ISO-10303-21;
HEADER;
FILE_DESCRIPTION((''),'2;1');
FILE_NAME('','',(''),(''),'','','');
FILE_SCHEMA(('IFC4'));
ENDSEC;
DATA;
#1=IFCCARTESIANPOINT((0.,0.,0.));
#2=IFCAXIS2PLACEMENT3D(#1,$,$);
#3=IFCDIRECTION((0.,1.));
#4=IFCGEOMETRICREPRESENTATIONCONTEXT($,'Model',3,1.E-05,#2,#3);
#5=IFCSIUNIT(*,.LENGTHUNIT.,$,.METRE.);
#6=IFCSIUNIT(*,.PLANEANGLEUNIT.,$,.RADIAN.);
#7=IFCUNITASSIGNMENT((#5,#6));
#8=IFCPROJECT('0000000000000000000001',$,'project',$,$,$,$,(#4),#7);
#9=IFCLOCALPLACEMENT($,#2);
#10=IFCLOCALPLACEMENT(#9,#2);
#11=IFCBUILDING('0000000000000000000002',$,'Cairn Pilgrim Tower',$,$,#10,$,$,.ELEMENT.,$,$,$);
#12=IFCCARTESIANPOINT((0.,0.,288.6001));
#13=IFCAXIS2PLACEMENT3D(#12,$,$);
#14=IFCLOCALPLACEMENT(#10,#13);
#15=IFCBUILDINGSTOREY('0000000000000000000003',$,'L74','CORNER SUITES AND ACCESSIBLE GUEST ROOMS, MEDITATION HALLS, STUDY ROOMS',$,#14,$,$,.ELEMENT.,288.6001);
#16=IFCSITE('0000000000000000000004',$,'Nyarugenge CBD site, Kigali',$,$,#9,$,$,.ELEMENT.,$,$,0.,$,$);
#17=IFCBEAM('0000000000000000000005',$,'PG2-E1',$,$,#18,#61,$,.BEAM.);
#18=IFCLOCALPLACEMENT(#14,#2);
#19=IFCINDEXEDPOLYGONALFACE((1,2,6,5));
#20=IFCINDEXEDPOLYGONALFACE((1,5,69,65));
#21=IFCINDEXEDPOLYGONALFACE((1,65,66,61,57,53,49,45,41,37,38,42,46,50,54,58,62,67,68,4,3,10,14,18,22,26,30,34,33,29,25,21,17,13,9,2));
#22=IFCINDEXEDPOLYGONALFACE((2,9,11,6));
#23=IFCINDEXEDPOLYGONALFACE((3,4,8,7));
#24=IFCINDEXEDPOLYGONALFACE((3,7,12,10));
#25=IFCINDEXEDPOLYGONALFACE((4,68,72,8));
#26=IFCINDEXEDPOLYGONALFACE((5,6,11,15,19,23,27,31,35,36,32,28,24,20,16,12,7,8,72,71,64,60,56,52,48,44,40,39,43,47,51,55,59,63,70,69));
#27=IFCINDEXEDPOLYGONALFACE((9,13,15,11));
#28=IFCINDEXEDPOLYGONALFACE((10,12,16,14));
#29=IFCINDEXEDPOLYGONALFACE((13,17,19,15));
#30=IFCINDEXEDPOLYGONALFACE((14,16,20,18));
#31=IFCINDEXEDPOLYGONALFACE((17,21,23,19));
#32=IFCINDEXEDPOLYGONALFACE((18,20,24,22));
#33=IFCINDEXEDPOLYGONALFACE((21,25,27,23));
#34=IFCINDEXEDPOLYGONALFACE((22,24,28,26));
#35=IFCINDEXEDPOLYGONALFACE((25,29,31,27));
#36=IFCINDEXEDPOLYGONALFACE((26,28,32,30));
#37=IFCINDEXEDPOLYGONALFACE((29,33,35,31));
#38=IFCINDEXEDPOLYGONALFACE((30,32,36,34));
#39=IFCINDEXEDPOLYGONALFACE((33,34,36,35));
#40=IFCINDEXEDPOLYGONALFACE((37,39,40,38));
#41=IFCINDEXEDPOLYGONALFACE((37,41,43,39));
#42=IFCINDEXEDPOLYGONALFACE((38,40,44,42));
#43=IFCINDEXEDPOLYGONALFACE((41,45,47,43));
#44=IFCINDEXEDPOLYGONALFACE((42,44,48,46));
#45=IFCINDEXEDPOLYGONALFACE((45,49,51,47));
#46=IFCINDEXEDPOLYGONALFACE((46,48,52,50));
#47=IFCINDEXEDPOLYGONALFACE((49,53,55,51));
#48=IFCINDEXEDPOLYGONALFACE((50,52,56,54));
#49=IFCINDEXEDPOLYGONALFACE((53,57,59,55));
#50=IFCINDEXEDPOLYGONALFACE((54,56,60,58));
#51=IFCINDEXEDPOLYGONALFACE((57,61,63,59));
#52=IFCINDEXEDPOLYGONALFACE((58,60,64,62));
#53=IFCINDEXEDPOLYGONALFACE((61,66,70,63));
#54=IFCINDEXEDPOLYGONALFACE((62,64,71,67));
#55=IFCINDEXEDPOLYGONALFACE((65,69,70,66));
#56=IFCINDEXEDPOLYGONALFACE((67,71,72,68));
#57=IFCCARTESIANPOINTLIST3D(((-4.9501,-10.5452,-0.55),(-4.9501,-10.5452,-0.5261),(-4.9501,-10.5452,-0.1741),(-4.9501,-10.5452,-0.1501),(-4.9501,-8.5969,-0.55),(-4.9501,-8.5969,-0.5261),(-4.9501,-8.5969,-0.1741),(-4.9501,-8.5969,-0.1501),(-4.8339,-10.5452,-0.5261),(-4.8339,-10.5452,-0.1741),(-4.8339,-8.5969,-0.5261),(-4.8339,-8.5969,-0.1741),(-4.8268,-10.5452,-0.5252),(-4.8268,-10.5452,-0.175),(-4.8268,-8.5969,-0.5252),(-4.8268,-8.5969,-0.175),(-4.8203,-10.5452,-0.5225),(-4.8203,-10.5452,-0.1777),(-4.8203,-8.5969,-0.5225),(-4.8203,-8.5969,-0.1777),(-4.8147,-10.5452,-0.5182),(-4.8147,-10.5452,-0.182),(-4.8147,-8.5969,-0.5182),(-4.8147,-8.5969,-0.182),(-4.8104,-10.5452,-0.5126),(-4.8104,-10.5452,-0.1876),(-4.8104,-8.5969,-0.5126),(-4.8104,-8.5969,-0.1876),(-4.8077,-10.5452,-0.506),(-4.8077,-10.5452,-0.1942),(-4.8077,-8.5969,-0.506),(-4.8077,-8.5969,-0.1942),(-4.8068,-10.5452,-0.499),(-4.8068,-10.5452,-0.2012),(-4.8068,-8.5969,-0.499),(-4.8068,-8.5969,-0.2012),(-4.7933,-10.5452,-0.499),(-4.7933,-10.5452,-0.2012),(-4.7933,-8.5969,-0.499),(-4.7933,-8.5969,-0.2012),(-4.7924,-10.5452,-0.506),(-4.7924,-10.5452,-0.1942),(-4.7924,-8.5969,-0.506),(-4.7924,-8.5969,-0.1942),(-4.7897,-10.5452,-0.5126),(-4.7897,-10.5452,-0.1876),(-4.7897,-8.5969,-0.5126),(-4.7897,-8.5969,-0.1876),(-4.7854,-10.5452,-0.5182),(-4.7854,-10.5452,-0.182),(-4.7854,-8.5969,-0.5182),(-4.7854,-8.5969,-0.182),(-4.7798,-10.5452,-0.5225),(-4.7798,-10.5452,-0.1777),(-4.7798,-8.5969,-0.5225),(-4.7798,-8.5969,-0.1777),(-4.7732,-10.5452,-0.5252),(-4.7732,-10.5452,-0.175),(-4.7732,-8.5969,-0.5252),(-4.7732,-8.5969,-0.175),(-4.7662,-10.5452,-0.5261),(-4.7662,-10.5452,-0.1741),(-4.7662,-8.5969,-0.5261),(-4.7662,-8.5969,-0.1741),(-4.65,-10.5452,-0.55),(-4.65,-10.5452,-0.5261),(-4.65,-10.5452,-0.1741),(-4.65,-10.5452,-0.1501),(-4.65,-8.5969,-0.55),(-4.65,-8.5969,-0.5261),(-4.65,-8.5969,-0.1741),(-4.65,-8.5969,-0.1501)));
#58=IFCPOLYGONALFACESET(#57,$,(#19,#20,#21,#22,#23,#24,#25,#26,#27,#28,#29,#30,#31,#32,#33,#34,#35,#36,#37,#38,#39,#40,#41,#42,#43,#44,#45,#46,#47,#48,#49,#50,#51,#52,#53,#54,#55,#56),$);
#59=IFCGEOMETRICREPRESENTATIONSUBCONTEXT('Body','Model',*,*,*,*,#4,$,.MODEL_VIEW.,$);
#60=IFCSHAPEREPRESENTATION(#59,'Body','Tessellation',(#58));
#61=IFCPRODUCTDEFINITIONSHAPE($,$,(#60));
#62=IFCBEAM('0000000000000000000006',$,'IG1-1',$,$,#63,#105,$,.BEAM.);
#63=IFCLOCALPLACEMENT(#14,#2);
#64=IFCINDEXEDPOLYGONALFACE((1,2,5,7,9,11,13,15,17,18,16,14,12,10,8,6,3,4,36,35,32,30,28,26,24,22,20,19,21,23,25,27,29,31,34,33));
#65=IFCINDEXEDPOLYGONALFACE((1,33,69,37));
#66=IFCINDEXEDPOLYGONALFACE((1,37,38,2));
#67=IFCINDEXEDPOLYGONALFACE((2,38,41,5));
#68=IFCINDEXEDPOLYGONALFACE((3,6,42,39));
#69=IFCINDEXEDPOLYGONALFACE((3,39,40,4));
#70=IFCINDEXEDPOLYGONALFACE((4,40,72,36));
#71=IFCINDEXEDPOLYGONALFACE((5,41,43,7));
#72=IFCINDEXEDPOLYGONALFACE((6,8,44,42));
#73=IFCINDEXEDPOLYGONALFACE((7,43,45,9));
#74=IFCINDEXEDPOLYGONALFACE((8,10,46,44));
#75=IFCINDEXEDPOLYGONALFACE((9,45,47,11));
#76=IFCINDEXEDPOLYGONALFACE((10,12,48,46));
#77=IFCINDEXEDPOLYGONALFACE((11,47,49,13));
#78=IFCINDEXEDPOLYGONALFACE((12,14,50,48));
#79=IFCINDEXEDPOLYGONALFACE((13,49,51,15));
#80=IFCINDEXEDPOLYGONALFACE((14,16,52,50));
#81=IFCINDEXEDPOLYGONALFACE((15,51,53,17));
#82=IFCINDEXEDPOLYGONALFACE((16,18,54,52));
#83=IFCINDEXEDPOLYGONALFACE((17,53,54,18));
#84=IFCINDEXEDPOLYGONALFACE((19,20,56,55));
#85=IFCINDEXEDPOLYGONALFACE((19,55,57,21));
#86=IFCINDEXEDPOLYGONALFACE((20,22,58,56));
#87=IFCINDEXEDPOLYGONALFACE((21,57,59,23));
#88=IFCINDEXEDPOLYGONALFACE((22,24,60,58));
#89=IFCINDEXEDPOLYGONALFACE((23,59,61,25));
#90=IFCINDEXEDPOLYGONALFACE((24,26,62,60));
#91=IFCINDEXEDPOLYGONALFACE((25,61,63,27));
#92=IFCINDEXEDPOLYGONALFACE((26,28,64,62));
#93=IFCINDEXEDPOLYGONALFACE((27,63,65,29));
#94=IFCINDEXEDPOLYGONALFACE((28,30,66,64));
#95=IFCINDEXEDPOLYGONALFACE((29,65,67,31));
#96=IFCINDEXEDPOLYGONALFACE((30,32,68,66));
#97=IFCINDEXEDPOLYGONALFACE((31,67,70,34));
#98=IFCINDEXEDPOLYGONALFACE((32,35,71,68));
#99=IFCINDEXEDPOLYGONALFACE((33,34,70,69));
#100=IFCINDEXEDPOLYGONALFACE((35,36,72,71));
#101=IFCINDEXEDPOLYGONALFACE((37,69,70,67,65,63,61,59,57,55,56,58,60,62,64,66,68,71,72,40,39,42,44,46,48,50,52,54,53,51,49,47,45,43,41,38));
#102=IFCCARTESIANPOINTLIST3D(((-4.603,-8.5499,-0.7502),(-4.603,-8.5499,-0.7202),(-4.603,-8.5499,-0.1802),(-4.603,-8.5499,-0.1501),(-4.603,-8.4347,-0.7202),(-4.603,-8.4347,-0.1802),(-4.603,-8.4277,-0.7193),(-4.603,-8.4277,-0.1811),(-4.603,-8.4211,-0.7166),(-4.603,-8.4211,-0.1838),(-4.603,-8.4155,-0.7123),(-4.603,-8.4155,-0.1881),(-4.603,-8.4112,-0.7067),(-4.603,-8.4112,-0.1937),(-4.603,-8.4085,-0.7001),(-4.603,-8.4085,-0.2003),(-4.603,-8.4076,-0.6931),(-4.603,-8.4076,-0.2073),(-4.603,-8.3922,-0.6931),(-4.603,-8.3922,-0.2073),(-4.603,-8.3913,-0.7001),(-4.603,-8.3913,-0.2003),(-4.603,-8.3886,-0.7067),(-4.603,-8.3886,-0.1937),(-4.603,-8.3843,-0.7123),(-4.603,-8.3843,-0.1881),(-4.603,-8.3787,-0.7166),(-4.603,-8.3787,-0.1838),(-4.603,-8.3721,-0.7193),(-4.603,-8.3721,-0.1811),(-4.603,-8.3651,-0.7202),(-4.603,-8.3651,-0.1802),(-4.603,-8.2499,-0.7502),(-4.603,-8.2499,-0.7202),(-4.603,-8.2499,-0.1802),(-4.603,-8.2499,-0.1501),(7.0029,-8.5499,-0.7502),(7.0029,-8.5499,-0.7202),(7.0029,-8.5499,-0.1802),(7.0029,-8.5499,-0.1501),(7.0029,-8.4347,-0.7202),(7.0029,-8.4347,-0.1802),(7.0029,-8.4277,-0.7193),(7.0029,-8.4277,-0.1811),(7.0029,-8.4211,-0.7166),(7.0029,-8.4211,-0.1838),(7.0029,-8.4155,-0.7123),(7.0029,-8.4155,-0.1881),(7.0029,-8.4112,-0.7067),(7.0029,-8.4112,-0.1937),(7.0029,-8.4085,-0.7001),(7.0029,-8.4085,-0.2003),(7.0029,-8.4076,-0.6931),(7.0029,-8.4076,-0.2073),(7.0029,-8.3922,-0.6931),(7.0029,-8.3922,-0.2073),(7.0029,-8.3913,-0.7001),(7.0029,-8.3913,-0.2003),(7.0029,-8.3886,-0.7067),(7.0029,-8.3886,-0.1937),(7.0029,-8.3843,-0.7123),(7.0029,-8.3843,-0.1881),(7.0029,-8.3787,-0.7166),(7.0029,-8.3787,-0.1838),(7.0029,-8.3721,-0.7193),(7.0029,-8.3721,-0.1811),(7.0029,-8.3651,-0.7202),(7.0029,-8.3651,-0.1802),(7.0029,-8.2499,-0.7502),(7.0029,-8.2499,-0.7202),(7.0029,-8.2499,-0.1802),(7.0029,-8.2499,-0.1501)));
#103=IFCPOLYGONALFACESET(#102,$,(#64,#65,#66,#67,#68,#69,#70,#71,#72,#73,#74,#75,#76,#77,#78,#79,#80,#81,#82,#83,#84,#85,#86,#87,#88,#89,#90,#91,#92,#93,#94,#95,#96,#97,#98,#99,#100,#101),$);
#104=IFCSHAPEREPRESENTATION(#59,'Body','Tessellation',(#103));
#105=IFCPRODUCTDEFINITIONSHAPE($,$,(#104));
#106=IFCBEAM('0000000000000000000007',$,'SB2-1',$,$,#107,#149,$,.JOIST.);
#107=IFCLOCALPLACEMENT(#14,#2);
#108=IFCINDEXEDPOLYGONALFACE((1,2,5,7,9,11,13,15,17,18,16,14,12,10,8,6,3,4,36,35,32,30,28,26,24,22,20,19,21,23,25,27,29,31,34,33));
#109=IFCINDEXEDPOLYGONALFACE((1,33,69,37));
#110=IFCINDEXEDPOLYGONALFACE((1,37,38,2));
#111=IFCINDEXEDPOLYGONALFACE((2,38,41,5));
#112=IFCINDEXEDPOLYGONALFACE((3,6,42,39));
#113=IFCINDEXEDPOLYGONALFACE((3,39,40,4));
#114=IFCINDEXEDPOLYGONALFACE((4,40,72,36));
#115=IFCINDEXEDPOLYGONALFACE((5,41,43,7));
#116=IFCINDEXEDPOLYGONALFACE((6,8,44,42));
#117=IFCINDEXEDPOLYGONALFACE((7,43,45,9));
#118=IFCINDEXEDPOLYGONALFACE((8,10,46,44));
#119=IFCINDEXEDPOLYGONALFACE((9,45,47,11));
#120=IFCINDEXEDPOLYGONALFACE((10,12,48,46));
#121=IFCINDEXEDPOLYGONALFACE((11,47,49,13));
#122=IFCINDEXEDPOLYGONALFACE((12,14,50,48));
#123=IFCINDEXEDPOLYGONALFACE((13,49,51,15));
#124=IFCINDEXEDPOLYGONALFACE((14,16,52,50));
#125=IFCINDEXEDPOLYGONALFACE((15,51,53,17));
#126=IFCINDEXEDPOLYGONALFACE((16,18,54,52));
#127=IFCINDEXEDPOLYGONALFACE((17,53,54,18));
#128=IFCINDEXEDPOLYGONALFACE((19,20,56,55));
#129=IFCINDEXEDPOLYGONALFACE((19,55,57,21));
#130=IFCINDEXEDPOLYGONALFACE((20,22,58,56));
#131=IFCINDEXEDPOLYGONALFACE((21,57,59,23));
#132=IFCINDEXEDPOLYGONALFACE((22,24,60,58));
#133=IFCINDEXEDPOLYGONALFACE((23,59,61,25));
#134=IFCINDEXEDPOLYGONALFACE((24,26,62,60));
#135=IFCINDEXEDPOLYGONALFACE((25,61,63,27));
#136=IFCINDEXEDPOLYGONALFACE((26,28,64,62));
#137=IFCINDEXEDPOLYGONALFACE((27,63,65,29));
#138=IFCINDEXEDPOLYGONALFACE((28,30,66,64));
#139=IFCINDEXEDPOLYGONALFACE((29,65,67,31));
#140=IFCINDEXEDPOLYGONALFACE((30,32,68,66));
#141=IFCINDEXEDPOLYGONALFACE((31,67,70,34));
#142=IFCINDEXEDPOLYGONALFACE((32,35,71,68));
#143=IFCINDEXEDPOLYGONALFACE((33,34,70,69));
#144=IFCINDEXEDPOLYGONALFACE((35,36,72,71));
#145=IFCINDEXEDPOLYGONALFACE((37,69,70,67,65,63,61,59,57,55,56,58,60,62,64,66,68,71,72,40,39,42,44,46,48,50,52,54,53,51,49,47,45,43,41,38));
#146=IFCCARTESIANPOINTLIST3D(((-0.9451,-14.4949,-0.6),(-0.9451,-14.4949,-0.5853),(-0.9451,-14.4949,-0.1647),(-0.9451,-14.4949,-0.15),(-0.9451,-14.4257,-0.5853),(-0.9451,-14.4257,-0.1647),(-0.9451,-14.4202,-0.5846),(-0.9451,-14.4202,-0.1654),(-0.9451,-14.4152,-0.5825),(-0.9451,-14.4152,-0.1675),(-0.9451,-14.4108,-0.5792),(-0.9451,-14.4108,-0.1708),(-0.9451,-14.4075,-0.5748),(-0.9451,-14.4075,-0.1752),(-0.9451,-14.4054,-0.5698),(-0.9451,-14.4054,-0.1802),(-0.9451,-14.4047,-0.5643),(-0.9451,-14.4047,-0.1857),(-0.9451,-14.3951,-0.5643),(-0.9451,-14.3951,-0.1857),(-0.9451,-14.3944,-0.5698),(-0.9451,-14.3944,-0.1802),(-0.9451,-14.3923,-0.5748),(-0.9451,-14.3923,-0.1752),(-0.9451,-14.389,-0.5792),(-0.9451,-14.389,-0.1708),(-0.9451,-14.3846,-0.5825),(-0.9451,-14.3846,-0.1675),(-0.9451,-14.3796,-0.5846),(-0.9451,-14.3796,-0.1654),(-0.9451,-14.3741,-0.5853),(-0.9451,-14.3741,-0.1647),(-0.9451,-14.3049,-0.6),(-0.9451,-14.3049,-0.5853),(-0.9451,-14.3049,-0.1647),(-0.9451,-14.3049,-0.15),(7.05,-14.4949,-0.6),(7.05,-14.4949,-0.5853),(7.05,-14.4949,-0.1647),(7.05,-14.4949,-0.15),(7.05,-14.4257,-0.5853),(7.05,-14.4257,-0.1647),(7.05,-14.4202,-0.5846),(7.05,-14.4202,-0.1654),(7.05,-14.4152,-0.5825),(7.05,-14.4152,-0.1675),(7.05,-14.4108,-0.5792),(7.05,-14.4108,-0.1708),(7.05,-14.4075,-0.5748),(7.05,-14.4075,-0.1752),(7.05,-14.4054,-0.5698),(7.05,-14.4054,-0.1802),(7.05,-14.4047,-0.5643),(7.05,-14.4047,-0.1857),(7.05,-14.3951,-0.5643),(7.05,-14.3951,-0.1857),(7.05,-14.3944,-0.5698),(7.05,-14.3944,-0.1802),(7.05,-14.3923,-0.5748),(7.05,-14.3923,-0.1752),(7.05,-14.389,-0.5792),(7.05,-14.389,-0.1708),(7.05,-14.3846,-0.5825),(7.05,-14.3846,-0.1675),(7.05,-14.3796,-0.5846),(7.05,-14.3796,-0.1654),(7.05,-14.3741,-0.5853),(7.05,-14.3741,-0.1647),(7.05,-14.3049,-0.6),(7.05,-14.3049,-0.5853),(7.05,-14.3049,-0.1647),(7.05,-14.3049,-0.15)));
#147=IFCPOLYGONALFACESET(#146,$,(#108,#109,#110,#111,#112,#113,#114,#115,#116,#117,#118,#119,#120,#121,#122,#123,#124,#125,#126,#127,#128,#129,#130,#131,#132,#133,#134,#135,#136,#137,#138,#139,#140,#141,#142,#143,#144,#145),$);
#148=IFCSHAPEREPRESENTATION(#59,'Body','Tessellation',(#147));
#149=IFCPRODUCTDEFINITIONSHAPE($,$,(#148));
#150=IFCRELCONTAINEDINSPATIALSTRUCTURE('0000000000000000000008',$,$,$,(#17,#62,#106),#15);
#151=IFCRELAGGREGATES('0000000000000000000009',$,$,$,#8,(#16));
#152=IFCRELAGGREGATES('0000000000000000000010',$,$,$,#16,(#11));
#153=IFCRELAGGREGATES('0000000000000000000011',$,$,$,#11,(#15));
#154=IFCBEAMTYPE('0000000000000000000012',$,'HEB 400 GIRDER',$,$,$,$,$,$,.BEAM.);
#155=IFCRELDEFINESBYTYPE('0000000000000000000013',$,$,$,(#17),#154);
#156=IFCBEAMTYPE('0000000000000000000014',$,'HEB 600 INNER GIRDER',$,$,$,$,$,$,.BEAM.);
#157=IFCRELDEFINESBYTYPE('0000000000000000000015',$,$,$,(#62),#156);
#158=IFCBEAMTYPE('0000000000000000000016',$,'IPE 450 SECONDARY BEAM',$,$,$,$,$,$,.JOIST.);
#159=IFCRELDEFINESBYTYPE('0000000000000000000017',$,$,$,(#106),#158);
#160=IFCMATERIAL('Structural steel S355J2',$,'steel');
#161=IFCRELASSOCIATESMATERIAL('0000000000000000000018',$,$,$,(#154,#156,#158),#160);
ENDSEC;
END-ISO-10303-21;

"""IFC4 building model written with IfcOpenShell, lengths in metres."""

from ifc_helpers import new_model, si_unit, direction, frame, origin, origin_2d, place, context, subcontext, project, spatial, i_section, extrude, material, material_profile, profile_set, type_object, element, save


model = new_model("IFC4")

# Units and contexts
model_context = context("Model", 3, precision=1e-05, world=origin(), true_north=direction((0.0, 1.0)))
body_context = subcontext(model_context, "Body", "Model", "MODEL_VIEW")
ifc_project = project(units=[si_unit("LENGTHUNIT", "METRE"), si_unit("PLANEANGLEUNIT", "RADIAN")], contexts=[model_context])

# Site, building, storey
site_placement = place(None, origin())
site = spatial("IfcSite", under=ifc_project, at=site_placement, Name="Nyarugenge CBD site, Kigali", CompositionType="ELEMENT", RefElevation=0.0)
building_placement = place(site_placement, origin())
building = spatial("IfcBuilding", under=site, at=building_placement, Name="Cairn Pilgrim Tower", CompositionType="ELEMENT")
storey_placement = place(building_placement, frame((0.0, 0.0, 288.6001)))
storey = spatial("IfcBuildingStorey", under=building, at=storey_placement, Name="L74", Description="CORNER SUITES AND ACCESSIBLE GUEST ROOMS, MEDITATION HALLS, STUDY ROOMS", CompositionType="ELEMENT", Elevation=288.6001)

# Shared definitions
ifc_material_1 = material(Name="Structural steel S355J2", Category="steel")

# Beams
ifc_material_profile_1 = material_profile(ifc_material_1, i_section(OverallWidth=0.3, OverallDepth=0.3999, WebThickness=0.0134, FlangeThickness=0.0239, FilletRadius=0.0271, at=origin_2d()), Name="HEB 400")
ifc_profile_set_1 = profile_set([ifc_material_profile_1], Name="Structural steel S355J2")
beam_type_1 = type_object("IfcBeamType", Name="HEB 400 GIRDER", PredefinedType="BEAM", material=ifc_profile_set_1)
beam_1_placement = place(storey_placement, frame((-4.8, -10.5452, -0.3501), z_axis=(0.0, 1.0, 0.0), x_axis=(-1.0, 0.0, 0.0)))
element("IfcBeam", 1, at=beam_1_placement, inside=storey, type_object=beam_type_1, Name="PG2-E1", PredefinedType="BEAM", context=body_context, shape_type="SweptSolid", body=[
    extrude(i_section(OverallWidth=0.3, OverallDepth=0.3999, WebThickness=0.0134, FlangeThickness=0.0239, FilletRadius=0.0271, at=origin_2d()), origin(), (0.0, 0.0, 1.0), 1.9482),
])
ifc_material_profile_2 = material_profile(ifc_material_1, i_section(OverallWidth=0.3, OverallDepth=0.6001, WebThickness=0.0154, FlangeThickness=0.03, FilletRadius=0.0271, at=origin_2d()), Name="HEB 600")
ifc_profile_set_2 = profile_set([ifc_material_profile_2], Name="Structural steel S355J2")
beam_type_2 = type_object("IfcBeamType", Name="HEB 600 INNER GIRDER", PredefinedType="BEAM", material=ifc_profile_set_2)
beam_2_placement = place(storey_placement, frame((-4.603, -8.3999, -0.4502), z_axis=(1.0, 0.0, 0.0), x_axis=(0.0, 1.0, 0.0)))
element("IfcBeam", 2, at=beam_2_placement, inside=storey, type_object=beam_type_2, Name="IG1-1", PredefinedType="BEAM", context=body_context, shape_type="SweptSolid", body=[
    extrude(i_section(OverallWidth=0.3, OverallDepth=0.6001, WebThickness=0.0154, FlangeThickness=0.03, FilletRadius=0.0271, at=origin_2d()), origin(), (0.0, 0.0, 1.0), 11.606),
])
ifc_material_profile_3 = material_profile(ifc_material_1, i_section(OverallWidth=0.1899, OverallDepth=0.45, WebThickness=0.0095, FlangeThickness=0.0146, FilletRadius=0.021, at=origin_2d()), Name="IPE 450")
ifc_profile_set_3 = profile_set([ifc_material_profile_3], Name="Structural steel S355J2")
beam_type_3 = type_object("IfcBeamType", Name="IPE 450 SECONDARY BEAM", PredefinedType="JOIST", material=ifc_profile_set_3)
beam_3_placement = place(storey_placement, frame((-0.9451, -14.3999, -0.375), z_axis=(1.0, 0.0, 0.0), x_axis=(0.0, 1.0, 0.0)))
element("IfcBeam", 3, at=beam_3_placement, inside=storey, type_object=beam_type_3, Name="SB2-1", PredefinedType="JOIST", context=body_context, shape_type="SweptSolid", body=[
    extrude(i_section(OverallWidth=0.1899, OverallDepth=0.45, WebThickness=0.0095, FlangeThickness=0.0146, FilletRadius=0.021, at=origin_2d()), origin(), (0.0, 0.0, 1.0), 7.9951),
])

save(model, "model.ifc")
